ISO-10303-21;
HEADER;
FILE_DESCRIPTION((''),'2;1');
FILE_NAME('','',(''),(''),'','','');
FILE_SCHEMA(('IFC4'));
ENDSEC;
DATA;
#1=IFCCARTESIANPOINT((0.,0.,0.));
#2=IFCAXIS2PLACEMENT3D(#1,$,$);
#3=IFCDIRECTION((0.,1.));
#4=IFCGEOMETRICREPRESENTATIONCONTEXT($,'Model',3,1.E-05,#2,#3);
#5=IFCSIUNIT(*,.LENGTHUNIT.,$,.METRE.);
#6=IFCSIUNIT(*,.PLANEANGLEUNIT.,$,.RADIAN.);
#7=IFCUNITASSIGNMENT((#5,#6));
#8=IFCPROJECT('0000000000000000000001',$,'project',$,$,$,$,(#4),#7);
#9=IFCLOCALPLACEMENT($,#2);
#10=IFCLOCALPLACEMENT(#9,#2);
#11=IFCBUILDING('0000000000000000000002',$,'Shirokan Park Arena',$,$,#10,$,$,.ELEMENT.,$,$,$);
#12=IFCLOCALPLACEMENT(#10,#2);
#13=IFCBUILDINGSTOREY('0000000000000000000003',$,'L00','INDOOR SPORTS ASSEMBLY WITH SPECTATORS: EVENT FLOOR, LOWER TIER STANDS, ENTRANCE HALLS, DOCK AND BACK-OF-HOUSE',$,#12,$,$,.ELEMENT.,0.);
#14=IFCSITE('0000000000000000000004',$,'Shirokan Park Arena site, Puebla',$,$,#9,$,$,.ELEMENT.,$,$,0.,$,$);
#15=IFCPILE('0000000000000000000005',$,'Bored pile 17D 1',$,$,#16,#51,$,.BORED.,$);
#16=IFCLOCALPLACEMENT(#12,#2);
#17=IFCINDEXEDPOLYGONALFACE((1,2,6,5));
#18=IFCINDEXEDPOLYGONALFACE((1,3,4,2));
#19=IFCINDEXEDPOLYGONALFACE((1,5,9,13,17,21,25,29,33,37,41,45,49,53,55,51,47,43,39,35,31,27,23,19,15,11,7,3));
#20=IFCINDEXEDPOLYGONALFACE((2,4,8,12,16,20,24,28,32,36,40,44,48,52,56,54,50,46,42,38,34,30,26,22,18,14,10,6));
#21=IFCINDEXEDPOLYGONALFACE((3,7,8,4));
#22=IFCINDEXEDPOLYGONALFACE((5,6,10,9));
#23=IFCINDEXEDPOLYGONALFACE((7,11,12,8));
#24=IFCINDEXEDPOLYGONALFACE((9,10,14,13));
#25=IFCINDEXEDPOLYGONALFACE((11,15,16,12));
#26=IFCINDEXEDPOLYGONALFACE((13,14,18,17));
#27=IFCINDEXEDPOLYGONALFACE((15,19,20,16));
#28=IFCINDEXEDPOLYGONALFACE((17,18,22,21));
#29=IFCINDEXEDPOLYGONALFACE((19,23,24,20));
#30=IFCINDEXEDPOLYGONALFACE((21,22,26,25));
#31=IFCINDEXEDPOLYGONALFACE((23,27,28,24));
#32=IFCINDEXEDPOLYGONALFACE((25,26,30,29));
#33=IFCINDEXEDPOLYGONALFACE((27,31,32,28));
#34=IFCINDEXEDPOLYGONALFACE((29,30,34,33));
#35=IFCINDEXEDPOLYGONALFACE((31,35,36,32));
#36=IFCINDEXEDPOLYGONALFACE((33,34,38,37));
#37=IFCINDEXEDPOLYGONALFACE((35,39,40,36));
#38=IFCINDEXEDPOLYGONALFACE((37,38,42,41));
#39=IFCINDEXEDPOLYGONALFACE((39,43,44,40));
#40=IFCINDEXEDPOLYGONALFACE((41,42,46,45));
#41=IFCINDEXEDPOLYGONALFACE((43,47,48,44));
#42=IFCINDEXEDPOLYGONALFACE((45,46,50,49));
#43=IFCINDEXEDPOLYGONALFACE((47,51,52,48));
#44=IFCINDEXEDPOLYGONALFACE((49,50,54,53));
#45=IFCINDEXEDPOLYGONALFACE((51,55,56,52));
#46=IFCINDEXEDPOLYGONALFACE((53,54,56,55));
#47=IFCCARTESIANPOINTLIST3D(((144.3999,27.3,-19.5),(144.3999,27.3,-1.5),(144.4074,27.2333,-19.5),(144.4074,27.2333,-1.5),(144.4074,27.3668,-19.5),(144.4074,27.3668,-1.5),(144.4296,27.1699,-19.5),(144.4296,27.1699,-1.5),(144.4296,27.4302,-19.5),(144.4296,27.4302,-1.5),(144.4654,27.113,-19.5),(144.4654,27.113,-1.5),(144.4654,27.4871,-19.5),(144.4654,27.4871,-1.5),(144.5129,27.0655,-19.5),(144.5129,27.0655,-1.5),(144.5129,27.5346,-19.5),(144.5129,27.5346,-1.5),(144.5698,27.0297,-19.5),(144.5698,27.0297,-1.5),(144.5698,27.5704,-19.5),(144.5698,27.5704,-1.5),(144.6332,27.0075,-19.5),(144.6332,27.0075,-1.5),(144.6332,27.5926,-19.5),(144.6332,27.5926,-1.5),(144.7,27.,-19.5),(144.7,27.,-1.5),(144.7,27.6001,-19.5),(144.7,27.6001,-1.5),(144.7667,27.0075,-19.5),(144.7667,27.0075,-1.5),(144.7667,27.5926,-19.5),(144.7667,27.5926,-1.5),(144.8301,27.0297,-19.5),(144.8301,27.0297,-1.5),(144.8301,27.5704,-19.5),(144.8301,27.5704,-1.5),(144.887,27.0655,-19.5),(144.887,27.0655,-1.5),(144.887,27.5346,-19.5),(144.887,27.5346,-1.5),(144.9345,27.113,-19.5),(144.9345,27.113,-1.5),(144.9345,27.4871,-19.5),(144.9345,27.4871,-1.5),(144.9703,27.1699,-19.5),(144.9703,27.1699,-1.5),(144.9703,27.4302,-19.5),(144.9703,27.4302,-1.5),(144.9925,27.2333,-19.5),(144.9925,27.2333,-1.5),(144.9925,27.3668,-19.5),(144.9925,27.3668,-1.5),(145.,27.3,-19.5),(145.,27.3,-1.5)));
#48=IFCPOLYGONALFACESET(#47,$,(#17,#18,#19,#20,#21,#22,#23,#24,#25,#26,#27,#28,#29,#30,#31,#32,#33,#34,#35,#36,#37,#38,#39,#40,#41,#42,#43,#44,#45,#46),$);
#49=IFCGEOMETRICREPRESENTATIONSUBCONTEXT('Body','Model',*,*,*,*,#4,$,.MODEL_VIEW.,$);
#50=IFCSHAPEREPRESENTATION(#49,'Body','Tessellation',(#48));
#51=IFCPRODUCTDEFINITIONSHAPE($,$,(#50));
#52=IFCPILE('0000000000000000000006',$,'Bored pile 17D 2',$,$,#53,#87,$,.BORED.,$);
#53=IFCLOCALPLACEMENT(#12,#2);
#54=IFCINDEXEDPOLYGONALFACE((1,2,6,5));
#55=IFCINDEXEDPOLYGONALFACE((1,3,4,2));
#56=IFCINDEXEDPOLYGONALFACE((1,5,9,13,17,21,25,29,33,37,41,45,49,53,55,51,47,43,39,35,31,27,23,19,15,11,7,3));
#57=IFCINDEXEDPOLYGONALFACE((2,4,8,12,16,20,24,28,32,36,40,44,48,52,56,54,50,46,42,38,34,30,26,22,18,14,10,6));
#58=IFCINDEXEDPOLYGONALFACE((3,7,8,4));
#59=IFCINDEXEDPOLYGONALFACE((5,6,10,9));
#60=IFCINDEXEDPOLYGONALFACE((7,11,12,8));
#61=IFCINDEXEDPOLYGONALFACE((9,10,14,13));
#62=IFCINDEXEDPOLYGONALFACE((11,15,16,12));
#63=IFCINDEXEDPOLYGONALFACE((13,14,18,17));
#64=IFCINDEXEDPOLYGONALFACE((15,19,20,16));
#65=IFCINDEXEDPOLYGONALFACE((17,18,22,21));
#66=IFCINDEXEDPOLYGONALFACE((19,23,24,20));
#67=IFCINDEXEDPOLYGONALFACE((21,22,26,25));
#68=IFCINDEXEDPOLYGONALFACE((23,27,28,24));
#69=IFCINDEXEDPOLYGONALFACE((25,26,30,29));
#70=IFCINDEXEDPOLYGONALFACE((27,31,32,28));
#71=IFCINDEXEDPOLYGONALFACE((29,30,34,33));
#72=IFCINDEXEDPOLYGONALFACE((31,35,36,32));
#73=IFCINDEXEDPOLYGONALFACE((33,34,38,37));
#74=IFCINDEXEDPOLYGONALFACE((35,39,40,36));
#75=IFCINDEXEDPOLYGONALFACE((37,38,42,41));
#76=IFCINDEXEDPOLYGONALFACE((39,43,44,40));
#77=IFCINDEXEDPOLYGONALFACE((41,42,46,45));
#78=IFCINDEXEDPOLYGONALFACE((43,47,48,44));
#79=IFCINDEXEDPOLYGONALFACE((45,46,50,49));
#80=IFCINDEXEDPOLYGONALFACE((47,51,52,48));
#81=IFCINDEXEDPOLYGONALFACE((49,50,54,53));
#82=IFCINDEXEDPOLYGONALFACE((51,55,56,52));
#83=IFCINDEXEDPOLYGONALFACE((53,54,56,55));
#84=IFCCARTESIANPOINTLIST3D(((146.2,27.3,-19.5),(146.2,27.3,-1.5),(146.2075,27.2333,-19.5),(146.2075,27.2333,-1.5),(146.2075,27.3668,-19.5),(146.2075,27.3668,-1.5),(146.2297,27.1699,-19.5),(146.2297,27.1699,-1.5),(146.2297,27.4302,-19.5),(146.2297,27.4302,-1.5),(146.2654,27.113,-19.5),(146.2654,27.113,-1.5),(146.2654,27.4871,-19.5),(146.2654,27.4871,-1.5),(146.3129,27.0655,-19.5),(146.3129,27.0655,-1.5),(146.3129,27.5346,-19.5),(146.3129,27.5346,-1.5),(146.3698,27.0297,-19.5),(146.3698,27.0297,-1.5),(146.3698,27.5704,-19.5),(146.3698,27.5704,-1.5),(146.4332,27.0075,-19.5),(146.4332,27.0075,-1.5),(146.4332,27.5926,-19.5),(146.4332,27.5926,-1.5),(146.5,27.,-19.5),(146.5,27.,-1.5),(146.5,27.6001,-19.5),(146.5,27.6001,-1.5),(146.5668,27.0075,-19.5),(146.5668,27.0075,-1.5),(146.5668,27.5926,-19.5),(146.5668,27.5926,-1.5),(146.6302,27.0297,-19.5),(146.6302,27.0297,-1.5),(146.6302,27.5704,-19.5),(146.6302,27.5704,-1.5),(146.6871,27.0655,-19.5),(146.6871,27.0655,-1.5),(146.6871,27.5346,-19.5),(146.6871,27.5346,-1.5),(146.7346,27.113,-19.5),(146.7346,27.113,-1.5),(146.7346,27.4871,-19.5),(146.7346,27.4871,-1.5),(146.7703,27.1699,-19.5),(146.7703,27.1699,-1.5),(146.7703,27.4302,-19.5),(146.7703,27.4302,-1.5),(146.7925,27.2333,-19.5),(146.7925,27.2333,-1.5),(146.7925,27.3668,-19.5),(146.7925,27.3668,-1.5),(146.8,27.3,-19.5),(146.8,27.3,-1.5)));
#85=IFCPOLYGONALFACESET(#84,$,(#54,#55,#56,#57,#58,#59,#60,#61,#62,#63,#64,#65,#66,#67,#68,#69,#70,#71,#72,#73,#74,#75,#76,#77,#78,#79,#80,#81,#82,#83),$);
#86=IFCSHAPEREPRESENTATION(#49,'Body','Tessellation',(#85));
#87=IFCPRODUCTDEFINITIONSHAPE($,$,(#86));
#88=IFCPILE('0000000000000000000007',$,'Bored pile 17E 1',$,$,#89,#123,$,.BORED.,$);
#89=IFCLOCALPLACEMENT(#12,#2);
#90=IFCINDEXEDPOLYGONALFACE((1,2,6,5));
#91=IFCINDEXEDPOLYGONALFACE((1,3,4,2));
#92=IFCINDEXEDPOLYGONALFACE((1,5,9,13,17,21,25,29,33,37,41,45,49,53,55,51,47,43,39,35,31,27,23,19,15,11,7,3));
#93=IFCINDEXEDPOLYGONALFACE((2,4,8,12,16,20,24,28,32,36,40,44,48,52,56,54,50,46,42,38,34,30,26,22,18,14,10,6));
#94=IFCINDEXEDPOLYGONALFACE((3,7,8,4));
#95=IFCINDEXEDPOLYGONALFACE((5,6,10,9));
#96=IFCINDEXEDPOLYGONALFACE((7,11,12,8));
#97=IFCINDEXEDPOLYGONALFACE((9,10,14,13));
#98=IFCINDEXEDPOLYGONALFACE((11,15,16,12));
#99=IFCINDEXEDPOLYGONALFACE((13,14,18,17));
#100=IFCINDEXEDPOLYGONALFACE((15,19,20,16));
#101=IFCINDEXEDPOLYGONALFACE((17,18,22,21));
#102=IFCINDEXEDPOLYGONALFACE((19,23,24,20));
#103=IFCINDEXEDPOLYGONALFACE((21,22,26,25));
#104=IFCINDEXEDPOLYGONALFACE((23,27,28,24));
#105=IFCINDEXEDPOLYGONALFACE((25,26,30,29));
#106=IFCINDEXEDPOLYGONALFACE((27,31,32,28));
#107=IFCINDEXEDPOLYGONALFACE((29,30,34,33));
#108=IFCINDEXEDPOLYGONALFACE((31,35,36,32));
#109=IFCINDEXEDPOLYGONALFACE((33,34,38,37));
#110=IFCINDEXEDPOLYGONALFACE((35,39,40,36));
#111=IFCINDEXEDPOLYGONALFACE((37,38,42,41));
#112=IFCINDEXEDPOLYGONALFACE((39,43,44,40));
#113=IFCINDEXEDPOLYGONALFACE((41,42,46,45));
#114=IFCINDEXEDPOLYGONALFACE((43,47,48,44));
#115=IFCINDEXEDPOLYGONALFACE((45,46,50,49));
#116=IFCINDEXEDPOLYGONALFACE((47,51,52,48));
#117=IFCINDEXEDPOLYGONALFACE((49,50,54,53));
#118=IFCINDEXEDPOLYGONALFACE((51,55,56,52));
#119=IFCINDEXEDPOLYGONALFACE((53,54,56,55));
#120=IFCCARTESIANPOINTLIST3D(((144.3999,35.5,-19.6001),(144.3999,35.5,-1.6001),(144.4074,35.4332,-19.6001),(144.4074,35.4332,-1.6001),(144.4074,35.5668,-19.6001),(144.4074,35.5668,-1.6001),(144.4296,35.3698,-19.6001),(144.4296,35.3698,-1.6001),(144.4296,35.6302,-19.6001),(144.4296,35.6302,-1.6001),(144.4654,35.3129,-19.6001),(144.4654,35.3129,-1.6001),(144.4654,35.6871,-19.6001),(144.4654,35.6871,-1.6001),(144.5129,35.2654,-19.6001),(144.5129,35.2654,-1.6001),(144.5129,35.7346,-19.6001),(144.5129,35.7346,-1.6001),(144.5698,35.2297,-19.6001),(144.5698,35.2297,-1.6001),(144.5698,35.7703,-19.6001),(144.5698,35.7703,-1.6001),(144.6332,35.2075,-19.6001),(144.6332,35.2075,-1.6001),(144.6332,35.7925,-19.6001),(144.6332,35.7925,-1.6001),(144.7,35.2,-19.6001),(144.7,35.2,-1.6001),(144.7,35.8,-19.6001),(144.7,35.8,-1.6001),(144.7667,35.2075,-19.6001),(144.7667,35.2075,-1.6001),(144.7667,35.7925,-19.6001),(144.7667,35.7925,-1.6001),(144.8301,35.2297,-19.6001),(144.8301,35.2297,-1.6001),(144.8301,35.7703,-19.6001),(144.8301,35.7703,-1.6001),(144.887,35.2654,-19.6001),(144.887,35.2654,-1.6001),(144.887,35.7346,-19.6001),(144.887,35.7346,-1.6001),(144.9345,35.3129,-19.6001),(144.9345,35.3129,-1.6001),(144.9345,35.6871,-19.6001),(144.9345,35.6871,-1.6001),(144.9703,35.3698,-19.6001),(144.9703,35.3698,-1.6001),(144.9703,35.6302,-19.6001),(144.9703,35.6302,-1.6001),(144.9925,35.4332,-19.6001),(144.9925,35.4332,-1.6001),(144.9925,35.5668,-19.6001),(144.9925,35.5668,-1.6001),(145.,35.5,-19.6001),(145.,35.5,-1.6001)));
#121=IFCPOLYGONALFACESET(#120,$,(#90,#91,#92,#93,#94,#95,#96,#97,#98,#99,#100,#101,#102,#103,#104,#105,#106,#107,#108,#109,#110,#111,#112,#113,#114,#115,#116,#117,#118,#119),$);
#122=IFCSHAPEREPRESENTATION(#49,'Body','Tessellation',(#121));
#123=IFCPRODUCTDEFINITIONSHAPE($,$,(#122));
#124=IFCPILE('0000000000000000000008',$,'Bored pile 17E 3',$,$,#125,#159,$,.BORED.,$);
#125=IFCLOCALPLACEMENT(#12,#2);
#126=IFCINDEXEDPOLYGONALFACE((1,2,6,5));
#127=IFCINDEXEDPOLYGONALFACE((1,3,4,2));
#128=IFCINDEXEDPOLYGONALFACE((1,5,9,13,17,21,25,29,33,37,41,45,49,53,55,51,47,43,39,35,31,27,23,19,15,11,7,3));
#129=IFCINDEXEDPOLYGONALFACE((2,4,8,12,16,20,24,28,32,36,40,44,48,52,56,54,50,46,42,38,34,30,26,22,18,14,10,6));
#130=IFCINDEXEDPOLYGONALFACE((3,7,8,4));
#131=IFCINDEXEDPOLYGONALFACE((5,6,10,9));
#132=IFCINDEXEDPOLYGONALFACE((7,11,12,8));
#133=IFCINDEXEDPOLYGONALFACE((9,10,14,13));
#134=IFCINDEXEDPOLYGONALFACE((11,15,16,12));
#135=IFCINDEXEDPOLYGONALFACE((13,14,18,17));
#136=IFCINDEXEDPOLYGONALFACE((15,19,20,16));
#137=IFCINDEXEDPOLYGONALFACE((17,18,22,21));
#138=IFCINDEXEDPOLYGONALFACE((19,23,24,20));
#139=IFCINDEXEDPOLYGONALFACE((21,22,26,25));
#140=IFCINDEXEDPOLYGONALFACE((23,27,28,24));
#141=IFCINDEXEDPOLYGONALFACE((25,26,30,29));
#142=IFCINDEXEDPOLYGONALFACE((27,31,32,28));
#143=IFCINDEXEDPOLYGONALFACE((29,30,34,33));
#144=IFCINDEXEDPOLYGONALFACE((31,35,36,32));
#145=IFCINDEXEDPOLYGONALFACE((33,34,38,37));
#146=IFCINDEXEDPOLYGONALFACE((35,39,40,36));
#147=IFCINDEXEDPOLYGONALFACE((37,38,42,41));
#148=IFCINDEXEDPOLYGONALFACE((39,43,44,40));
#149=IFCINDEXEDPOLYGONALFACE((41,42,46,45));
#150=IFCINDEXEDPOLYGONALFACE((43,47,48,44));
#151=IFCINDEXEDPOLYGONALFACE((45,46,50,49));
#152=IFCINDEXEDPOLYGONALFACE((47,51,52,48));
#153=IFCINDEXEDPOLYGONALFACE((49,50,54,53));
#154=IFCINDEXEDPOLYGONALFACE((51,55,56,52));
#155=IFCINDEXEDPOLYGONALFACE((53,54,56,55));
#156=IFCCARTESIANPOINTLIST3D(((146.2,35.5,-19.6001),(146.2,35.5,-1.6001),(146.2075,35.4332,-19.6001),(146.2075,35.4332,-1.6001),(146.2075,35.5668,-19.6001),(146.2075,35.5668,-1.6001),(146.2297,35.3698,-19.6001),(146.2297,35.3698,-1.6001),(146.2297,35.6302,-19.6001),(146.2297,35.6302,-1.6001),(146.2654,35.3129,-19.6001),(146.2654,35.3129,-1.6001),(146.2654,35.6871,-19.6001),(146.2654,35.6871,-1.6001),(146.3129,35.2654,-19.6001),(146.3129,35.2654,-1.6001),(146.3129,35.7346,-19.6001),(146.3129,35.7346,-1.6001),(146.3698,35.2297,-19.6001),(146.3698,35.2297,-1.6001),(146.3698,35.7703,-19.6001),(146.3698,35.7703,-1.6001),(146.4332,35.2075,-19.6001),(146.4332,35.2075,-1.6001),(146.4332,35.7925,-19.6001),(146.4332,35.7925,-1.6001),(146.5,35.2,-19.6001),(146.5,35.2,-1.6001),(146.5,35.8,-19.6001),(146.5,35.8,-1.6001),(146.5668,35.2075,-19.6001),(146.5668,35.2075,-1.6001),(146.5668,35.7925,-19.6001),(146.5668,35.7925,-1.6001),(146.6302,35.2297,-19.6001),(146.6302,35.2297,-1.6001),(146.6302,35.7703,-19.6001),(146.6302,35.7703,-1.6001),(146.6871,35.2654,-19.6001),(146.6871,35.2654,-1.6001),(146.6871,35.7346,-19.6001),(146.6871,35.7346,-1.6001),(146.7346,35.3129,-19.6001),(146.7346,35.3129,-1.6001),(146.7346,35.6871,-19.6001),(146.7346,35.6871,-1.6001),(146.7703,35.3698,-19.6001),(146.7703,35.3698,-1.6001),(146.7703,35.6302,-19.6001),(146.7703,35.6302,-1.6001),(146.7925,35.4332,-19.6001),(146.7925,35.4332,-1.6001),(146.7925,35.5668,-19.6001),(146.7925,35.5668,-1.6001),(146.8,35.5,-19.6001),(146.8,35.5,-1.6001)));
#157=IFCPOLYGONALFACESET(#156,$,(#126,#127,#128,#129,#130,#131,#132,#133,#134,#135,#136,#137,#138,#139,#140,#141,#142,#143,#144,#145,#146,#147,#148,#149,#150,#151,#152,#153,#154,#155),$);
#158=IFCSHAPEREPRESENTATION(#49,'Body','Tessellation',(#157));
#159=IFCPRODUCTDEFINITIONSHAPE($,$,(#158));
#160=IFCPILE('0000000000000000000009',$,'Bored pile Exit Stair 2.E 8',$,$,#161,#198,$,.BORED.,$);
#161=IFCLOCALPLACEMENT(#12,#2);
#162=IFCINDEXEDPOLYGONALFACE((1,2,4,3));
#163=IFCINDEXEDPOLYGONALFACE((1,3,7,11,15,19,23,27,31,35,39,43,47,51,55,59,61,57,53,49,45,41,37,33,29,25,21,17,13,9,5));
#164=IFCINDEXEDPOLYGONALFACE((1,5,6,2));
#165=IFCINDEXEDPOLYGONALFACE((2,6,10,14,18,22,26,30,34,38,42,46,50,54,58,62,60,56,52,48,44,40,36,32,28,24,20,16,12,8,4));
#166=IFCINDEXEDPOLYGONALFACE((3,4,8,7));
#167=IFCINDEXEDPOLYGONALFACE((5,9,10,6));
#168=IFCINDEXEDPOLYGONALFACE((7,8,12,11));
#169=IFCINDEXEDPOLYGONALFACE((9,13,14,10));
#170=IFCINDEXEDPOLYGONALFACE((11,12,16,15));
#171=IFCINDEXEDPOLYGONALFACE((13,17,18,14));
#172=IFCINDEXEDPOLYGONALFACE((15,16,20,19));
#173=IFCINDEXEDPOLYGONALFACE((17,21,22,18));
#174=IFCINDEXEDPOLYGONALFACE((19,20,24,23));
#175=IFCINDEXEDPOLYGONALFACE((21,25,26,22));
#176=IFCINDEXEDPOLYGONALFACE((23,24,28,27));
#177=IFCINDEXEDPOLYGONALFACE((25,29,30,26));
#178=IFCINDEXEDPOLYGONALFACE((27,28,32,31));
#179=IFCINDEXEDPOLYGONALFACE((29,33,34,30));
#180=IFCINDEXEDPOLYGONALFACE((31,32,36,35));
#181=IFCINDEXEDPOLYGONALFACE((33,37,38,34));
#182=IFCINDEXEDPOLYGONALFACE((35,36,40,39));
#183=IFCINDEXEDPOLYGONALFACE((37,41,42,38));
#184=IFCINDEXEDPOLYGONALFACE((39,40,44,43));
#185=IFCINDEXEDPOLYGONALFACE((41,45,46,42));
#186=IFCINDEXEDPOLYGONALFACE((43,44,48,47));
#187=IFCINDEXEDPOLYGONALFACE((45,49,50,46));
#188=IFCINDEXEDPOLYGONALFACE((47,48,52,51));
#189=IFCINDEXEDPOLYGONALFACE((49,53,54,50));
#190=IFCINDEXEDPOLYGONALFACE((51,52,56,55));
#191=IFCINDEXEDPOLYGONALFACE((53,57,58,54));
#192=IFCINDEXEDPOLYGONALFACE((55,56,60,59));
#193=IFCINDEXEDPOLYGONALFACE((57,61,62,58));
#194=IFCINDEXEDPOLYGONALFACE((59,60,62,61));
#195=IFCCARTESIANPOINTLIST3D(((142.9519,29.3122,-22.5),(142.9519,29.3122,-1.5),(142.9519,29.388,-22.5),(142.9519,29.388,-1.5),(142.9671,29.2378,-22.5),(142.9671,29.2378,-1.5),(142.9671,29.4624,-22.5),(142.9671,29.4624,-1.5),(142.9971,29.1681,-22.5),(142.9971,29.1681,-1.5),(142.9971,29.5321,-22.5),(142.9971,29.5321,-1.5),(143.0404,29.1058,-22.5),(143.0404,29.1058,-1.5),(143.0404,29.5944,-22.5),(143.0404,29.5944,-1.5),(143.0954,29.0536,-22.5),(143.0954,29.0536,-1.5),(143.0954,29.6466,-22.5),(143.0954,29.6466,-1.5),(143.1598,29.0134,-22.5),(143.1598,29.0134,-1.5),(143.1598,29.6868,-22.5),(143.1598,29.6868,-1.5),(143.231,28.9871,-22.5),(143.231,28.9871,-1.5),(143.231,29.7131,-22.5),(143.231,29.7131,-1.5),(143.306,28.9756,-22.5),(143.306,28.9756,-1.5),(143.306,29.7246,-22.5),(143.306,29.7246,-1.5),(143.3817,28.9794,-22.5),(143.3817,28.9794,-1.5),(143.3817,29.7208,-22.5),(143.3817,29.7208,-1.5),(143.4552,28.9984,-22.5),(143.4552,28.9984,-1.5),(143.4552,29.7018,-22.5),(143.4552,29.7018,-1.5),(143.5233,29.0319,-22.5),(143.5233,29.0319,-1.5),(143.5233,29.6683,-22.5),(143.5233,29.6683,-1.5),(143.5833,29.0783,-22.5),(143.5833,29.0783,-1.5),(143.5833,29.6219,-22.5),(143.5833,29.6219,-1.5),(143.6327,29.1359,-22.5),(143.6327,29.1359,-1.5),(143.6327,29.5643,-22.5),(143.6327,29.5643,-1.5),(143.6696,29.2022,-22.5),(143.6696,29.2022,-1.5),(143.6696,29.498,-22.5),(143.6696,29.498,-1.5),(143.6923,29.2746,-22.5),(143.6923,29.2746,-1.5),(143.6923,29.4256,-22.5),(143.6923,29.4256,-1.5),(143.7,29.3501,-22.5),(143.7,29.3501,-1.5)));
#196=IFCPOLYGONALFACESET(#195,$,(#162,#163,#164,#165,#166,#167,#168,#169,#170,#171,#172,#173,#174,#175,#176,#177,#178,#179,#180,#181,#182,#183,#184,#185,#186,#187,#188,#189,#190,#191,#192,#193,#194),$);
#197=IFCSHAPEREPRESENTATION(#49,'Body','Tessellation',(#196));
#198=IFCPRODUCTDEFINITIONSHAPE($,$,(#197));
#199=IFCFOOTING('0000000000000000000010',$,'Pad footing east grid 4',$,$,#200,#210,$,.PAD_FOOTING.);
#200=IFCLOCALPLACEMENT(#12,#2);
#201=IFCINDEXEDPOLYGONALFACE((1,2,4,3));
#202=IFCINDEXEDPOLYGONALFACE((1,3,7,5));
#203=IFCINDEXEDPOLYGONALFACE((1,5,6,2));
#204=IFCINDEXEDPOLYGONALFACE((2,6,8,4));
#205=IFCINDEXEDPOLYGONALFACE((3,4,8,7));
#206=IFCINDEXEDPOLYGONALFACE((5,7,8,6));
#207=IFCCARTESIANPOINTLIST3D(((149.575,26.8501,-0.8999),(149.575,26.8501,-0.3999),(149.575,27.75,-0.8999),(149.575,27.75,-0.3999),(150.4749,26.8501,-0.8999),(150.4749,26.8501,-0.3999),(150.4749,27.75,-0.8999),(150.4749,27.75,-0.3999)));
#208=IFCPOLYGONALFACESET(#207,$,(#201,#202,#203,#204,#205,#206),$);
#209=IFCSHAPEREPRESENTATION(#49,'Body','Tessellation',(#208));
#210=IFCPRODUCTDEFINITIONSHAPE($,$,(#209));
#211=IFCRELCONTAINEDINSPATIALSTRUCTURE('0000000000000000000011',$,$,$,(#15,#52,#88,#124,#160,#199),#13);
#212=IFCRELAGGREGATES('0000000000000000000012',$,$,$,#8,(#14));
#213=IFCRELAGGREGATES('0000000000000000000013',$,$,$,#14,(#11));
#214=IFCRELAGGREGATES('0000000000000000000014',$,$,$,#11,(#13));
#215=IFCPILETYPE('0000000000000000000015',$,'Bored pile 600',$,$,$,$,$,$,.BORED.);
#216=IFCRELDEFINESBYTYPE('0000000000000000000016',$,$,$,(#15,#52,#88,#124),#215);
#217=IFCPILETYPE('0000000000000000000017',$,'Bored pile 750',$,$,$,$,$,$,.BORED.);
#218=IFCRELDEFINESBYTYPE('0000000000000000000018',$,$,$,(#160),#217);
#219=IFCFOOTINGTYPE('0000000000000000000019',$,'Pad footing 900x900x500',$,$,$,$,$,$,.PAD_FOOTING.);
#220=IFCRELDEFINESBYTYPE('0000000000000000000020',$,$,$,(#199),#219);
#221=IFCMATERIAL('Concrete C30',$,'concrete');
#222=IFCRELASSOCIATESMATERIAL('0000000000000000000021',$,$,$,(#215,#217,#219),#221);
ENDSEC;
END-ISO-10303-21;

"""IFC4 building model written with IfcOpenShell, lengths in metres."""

from ifc_helpers import new_model, si_unit, direction, frame, origin, origin_2d, place, context, subcontext, project, spatial, rectangle, circle, extrude, material, material_profile, profile_set, type_object, element, save


model = new_model("IFC4")

# Units and contexts
model_context = context("Model", 3, precision=1e-05, world=origin(), true_north=direction((0.0, 1.0)))
body_context = subcontext(model_context, "Body", "Model", "MODEL_VIEW")
ifc_project = project(units=[si_unit("LENGTHUNIT", "METRE"), si_unit("PLANEANGLEUNIT", "RADIAN")], contexts=[model_context])

# Site, building, storey
site_placement = place(None, origin())
site = spatial("IfcSite", under=ifc_project, at=site_placement, Name="Shirokan Park Arena site, Puebla", CompositionType="ELEMENT", RefElevation=0.0)
building_placement = place(site_placement, origin())
building = spatial("IfcBuilding", under=site, at=building_placement, Name="Shirokan Park Arena", CompositionType="ELEMENT")
storey_placement = place(building_placement, origin())
storey = spatial("IfcBuildingStorey", under=building, at=storey_placement, Name="L00", Description="INDOOR SPORTS ASSEMBLY WITH SPECTATORS: EVENT FLOOR, LOWER TIER STANDS, ENTRANCE HALLS, DOCK AND BACK-OF-HOUSE", CompositionType="ELEMENT", Elevation=0.0)

# Piles
ifc_material_1 = material(Name="Concrete C30", Category="concrete")
ifc_material_profile_1 = material_profile(ifc_material_1, circle(Radius=0.3, at=origin_2d()), Name="D600")
ifc_profile_set_1 = profile_set([ifc_material_profile_1], Name="Concrete C30")
pile_type_1 = type_object("IfcPileType", Name="Bored pile 600", PredefinedType="BORED", material=ifc_profile_set_1)
for number, where, z_axis, x_axis, name in (
    (1, (144.7, 27.3, -1.5), (0.0, 0.0, -1.0), (1.0, 0.0, 0.0), "Bored pile 17D 1"),
    (2, (146.5, 27.3, -1.5), (0.0, 0.0, -1.0), (1.0, 0.0, 0.0), "Bored pile 17D 2"),
    (3, (144.7, 35.5, -1.6001), (0.0, 0.0, -1.0), (1.0, 0.0, 0.0), "Bored pile 17E 1"),
    (4, (146.5, 35.5, -1.6001), (0.0, 0.0, -1.0), (1.0, 0.0, 0.0), "Bored pile 17E 3"),
):
    element("IfcPile", number, at=place(storey_placement, frame(where, z_axis=z_axis, x_axis=x_axis)), inside=storey, type_object=pile_type_1, Name=name, PredefinedType="BORED", context=body_context, shape_type="SweptSolid", body=[
        extrude(circle(Radius=0.3, at=origin_2d()), origin(), (0.0, 0.0, 1.0), 18.0),
    ])
ifc_material_profile_2 = material_profile(ifc_material_1, circle(Radius=0.375, at=origin_2d()), Name="D750")
ifc_profile_set_2 = profile_set([ifc_material_profile_2], Name="Concrete C30")
pile_type_2 = type_object("IfcPileType", Name="Bored pile 750", PredefinedType="BORED", material=ifc_profile_set_2)
pile_placement = place(storey_placement, frame((143.325, 29.3501, -1.5), z_axis=(0.0, 0.0, -1.0), x_axis=(1.0, 0.0, 0.0)))
element("IfcPile", 5, at=pile_placement, inside=storey, type_object=pile_type_2, Name="Bored pile Exit Stair 2.E 8", PredefinedType="BORED", context=body_context, shape_type="SweptSolid", body=[
    extrude(circle(Radius=0.375, at=origin_2d()), origin(), (0.0, 0.0, 1.0), 21.0),
])

# Footing
footing_type_1 = type_object("IfcFootingType", Name="Pad footing 900x900x500", PredefinedType="PAD_FOOTING", material=ifc_material_1)
footing_1_placement = place(storey_placement, frame((150.0249, 27.3, -0.8999), z_axis=(0.0, 0.0, 1.0), x_axis=(1.0, 0.0, 0.0)))
element("IfcFooting", 6, at=footing_1_placement, inside=storey, type_object=footing_type_1, Name="Pad footing east grid 4", PredefinedType="PAD_FOOTING", context=body_context, shape_type="SweptSolid", body=[
    extrude(rectangle(XDim=0.8999, YDim=0.8999, at=origin_2d()), origin(), (0.0, 0.0, 1.0), 0.5),
])

save(model, "model.ifc")
